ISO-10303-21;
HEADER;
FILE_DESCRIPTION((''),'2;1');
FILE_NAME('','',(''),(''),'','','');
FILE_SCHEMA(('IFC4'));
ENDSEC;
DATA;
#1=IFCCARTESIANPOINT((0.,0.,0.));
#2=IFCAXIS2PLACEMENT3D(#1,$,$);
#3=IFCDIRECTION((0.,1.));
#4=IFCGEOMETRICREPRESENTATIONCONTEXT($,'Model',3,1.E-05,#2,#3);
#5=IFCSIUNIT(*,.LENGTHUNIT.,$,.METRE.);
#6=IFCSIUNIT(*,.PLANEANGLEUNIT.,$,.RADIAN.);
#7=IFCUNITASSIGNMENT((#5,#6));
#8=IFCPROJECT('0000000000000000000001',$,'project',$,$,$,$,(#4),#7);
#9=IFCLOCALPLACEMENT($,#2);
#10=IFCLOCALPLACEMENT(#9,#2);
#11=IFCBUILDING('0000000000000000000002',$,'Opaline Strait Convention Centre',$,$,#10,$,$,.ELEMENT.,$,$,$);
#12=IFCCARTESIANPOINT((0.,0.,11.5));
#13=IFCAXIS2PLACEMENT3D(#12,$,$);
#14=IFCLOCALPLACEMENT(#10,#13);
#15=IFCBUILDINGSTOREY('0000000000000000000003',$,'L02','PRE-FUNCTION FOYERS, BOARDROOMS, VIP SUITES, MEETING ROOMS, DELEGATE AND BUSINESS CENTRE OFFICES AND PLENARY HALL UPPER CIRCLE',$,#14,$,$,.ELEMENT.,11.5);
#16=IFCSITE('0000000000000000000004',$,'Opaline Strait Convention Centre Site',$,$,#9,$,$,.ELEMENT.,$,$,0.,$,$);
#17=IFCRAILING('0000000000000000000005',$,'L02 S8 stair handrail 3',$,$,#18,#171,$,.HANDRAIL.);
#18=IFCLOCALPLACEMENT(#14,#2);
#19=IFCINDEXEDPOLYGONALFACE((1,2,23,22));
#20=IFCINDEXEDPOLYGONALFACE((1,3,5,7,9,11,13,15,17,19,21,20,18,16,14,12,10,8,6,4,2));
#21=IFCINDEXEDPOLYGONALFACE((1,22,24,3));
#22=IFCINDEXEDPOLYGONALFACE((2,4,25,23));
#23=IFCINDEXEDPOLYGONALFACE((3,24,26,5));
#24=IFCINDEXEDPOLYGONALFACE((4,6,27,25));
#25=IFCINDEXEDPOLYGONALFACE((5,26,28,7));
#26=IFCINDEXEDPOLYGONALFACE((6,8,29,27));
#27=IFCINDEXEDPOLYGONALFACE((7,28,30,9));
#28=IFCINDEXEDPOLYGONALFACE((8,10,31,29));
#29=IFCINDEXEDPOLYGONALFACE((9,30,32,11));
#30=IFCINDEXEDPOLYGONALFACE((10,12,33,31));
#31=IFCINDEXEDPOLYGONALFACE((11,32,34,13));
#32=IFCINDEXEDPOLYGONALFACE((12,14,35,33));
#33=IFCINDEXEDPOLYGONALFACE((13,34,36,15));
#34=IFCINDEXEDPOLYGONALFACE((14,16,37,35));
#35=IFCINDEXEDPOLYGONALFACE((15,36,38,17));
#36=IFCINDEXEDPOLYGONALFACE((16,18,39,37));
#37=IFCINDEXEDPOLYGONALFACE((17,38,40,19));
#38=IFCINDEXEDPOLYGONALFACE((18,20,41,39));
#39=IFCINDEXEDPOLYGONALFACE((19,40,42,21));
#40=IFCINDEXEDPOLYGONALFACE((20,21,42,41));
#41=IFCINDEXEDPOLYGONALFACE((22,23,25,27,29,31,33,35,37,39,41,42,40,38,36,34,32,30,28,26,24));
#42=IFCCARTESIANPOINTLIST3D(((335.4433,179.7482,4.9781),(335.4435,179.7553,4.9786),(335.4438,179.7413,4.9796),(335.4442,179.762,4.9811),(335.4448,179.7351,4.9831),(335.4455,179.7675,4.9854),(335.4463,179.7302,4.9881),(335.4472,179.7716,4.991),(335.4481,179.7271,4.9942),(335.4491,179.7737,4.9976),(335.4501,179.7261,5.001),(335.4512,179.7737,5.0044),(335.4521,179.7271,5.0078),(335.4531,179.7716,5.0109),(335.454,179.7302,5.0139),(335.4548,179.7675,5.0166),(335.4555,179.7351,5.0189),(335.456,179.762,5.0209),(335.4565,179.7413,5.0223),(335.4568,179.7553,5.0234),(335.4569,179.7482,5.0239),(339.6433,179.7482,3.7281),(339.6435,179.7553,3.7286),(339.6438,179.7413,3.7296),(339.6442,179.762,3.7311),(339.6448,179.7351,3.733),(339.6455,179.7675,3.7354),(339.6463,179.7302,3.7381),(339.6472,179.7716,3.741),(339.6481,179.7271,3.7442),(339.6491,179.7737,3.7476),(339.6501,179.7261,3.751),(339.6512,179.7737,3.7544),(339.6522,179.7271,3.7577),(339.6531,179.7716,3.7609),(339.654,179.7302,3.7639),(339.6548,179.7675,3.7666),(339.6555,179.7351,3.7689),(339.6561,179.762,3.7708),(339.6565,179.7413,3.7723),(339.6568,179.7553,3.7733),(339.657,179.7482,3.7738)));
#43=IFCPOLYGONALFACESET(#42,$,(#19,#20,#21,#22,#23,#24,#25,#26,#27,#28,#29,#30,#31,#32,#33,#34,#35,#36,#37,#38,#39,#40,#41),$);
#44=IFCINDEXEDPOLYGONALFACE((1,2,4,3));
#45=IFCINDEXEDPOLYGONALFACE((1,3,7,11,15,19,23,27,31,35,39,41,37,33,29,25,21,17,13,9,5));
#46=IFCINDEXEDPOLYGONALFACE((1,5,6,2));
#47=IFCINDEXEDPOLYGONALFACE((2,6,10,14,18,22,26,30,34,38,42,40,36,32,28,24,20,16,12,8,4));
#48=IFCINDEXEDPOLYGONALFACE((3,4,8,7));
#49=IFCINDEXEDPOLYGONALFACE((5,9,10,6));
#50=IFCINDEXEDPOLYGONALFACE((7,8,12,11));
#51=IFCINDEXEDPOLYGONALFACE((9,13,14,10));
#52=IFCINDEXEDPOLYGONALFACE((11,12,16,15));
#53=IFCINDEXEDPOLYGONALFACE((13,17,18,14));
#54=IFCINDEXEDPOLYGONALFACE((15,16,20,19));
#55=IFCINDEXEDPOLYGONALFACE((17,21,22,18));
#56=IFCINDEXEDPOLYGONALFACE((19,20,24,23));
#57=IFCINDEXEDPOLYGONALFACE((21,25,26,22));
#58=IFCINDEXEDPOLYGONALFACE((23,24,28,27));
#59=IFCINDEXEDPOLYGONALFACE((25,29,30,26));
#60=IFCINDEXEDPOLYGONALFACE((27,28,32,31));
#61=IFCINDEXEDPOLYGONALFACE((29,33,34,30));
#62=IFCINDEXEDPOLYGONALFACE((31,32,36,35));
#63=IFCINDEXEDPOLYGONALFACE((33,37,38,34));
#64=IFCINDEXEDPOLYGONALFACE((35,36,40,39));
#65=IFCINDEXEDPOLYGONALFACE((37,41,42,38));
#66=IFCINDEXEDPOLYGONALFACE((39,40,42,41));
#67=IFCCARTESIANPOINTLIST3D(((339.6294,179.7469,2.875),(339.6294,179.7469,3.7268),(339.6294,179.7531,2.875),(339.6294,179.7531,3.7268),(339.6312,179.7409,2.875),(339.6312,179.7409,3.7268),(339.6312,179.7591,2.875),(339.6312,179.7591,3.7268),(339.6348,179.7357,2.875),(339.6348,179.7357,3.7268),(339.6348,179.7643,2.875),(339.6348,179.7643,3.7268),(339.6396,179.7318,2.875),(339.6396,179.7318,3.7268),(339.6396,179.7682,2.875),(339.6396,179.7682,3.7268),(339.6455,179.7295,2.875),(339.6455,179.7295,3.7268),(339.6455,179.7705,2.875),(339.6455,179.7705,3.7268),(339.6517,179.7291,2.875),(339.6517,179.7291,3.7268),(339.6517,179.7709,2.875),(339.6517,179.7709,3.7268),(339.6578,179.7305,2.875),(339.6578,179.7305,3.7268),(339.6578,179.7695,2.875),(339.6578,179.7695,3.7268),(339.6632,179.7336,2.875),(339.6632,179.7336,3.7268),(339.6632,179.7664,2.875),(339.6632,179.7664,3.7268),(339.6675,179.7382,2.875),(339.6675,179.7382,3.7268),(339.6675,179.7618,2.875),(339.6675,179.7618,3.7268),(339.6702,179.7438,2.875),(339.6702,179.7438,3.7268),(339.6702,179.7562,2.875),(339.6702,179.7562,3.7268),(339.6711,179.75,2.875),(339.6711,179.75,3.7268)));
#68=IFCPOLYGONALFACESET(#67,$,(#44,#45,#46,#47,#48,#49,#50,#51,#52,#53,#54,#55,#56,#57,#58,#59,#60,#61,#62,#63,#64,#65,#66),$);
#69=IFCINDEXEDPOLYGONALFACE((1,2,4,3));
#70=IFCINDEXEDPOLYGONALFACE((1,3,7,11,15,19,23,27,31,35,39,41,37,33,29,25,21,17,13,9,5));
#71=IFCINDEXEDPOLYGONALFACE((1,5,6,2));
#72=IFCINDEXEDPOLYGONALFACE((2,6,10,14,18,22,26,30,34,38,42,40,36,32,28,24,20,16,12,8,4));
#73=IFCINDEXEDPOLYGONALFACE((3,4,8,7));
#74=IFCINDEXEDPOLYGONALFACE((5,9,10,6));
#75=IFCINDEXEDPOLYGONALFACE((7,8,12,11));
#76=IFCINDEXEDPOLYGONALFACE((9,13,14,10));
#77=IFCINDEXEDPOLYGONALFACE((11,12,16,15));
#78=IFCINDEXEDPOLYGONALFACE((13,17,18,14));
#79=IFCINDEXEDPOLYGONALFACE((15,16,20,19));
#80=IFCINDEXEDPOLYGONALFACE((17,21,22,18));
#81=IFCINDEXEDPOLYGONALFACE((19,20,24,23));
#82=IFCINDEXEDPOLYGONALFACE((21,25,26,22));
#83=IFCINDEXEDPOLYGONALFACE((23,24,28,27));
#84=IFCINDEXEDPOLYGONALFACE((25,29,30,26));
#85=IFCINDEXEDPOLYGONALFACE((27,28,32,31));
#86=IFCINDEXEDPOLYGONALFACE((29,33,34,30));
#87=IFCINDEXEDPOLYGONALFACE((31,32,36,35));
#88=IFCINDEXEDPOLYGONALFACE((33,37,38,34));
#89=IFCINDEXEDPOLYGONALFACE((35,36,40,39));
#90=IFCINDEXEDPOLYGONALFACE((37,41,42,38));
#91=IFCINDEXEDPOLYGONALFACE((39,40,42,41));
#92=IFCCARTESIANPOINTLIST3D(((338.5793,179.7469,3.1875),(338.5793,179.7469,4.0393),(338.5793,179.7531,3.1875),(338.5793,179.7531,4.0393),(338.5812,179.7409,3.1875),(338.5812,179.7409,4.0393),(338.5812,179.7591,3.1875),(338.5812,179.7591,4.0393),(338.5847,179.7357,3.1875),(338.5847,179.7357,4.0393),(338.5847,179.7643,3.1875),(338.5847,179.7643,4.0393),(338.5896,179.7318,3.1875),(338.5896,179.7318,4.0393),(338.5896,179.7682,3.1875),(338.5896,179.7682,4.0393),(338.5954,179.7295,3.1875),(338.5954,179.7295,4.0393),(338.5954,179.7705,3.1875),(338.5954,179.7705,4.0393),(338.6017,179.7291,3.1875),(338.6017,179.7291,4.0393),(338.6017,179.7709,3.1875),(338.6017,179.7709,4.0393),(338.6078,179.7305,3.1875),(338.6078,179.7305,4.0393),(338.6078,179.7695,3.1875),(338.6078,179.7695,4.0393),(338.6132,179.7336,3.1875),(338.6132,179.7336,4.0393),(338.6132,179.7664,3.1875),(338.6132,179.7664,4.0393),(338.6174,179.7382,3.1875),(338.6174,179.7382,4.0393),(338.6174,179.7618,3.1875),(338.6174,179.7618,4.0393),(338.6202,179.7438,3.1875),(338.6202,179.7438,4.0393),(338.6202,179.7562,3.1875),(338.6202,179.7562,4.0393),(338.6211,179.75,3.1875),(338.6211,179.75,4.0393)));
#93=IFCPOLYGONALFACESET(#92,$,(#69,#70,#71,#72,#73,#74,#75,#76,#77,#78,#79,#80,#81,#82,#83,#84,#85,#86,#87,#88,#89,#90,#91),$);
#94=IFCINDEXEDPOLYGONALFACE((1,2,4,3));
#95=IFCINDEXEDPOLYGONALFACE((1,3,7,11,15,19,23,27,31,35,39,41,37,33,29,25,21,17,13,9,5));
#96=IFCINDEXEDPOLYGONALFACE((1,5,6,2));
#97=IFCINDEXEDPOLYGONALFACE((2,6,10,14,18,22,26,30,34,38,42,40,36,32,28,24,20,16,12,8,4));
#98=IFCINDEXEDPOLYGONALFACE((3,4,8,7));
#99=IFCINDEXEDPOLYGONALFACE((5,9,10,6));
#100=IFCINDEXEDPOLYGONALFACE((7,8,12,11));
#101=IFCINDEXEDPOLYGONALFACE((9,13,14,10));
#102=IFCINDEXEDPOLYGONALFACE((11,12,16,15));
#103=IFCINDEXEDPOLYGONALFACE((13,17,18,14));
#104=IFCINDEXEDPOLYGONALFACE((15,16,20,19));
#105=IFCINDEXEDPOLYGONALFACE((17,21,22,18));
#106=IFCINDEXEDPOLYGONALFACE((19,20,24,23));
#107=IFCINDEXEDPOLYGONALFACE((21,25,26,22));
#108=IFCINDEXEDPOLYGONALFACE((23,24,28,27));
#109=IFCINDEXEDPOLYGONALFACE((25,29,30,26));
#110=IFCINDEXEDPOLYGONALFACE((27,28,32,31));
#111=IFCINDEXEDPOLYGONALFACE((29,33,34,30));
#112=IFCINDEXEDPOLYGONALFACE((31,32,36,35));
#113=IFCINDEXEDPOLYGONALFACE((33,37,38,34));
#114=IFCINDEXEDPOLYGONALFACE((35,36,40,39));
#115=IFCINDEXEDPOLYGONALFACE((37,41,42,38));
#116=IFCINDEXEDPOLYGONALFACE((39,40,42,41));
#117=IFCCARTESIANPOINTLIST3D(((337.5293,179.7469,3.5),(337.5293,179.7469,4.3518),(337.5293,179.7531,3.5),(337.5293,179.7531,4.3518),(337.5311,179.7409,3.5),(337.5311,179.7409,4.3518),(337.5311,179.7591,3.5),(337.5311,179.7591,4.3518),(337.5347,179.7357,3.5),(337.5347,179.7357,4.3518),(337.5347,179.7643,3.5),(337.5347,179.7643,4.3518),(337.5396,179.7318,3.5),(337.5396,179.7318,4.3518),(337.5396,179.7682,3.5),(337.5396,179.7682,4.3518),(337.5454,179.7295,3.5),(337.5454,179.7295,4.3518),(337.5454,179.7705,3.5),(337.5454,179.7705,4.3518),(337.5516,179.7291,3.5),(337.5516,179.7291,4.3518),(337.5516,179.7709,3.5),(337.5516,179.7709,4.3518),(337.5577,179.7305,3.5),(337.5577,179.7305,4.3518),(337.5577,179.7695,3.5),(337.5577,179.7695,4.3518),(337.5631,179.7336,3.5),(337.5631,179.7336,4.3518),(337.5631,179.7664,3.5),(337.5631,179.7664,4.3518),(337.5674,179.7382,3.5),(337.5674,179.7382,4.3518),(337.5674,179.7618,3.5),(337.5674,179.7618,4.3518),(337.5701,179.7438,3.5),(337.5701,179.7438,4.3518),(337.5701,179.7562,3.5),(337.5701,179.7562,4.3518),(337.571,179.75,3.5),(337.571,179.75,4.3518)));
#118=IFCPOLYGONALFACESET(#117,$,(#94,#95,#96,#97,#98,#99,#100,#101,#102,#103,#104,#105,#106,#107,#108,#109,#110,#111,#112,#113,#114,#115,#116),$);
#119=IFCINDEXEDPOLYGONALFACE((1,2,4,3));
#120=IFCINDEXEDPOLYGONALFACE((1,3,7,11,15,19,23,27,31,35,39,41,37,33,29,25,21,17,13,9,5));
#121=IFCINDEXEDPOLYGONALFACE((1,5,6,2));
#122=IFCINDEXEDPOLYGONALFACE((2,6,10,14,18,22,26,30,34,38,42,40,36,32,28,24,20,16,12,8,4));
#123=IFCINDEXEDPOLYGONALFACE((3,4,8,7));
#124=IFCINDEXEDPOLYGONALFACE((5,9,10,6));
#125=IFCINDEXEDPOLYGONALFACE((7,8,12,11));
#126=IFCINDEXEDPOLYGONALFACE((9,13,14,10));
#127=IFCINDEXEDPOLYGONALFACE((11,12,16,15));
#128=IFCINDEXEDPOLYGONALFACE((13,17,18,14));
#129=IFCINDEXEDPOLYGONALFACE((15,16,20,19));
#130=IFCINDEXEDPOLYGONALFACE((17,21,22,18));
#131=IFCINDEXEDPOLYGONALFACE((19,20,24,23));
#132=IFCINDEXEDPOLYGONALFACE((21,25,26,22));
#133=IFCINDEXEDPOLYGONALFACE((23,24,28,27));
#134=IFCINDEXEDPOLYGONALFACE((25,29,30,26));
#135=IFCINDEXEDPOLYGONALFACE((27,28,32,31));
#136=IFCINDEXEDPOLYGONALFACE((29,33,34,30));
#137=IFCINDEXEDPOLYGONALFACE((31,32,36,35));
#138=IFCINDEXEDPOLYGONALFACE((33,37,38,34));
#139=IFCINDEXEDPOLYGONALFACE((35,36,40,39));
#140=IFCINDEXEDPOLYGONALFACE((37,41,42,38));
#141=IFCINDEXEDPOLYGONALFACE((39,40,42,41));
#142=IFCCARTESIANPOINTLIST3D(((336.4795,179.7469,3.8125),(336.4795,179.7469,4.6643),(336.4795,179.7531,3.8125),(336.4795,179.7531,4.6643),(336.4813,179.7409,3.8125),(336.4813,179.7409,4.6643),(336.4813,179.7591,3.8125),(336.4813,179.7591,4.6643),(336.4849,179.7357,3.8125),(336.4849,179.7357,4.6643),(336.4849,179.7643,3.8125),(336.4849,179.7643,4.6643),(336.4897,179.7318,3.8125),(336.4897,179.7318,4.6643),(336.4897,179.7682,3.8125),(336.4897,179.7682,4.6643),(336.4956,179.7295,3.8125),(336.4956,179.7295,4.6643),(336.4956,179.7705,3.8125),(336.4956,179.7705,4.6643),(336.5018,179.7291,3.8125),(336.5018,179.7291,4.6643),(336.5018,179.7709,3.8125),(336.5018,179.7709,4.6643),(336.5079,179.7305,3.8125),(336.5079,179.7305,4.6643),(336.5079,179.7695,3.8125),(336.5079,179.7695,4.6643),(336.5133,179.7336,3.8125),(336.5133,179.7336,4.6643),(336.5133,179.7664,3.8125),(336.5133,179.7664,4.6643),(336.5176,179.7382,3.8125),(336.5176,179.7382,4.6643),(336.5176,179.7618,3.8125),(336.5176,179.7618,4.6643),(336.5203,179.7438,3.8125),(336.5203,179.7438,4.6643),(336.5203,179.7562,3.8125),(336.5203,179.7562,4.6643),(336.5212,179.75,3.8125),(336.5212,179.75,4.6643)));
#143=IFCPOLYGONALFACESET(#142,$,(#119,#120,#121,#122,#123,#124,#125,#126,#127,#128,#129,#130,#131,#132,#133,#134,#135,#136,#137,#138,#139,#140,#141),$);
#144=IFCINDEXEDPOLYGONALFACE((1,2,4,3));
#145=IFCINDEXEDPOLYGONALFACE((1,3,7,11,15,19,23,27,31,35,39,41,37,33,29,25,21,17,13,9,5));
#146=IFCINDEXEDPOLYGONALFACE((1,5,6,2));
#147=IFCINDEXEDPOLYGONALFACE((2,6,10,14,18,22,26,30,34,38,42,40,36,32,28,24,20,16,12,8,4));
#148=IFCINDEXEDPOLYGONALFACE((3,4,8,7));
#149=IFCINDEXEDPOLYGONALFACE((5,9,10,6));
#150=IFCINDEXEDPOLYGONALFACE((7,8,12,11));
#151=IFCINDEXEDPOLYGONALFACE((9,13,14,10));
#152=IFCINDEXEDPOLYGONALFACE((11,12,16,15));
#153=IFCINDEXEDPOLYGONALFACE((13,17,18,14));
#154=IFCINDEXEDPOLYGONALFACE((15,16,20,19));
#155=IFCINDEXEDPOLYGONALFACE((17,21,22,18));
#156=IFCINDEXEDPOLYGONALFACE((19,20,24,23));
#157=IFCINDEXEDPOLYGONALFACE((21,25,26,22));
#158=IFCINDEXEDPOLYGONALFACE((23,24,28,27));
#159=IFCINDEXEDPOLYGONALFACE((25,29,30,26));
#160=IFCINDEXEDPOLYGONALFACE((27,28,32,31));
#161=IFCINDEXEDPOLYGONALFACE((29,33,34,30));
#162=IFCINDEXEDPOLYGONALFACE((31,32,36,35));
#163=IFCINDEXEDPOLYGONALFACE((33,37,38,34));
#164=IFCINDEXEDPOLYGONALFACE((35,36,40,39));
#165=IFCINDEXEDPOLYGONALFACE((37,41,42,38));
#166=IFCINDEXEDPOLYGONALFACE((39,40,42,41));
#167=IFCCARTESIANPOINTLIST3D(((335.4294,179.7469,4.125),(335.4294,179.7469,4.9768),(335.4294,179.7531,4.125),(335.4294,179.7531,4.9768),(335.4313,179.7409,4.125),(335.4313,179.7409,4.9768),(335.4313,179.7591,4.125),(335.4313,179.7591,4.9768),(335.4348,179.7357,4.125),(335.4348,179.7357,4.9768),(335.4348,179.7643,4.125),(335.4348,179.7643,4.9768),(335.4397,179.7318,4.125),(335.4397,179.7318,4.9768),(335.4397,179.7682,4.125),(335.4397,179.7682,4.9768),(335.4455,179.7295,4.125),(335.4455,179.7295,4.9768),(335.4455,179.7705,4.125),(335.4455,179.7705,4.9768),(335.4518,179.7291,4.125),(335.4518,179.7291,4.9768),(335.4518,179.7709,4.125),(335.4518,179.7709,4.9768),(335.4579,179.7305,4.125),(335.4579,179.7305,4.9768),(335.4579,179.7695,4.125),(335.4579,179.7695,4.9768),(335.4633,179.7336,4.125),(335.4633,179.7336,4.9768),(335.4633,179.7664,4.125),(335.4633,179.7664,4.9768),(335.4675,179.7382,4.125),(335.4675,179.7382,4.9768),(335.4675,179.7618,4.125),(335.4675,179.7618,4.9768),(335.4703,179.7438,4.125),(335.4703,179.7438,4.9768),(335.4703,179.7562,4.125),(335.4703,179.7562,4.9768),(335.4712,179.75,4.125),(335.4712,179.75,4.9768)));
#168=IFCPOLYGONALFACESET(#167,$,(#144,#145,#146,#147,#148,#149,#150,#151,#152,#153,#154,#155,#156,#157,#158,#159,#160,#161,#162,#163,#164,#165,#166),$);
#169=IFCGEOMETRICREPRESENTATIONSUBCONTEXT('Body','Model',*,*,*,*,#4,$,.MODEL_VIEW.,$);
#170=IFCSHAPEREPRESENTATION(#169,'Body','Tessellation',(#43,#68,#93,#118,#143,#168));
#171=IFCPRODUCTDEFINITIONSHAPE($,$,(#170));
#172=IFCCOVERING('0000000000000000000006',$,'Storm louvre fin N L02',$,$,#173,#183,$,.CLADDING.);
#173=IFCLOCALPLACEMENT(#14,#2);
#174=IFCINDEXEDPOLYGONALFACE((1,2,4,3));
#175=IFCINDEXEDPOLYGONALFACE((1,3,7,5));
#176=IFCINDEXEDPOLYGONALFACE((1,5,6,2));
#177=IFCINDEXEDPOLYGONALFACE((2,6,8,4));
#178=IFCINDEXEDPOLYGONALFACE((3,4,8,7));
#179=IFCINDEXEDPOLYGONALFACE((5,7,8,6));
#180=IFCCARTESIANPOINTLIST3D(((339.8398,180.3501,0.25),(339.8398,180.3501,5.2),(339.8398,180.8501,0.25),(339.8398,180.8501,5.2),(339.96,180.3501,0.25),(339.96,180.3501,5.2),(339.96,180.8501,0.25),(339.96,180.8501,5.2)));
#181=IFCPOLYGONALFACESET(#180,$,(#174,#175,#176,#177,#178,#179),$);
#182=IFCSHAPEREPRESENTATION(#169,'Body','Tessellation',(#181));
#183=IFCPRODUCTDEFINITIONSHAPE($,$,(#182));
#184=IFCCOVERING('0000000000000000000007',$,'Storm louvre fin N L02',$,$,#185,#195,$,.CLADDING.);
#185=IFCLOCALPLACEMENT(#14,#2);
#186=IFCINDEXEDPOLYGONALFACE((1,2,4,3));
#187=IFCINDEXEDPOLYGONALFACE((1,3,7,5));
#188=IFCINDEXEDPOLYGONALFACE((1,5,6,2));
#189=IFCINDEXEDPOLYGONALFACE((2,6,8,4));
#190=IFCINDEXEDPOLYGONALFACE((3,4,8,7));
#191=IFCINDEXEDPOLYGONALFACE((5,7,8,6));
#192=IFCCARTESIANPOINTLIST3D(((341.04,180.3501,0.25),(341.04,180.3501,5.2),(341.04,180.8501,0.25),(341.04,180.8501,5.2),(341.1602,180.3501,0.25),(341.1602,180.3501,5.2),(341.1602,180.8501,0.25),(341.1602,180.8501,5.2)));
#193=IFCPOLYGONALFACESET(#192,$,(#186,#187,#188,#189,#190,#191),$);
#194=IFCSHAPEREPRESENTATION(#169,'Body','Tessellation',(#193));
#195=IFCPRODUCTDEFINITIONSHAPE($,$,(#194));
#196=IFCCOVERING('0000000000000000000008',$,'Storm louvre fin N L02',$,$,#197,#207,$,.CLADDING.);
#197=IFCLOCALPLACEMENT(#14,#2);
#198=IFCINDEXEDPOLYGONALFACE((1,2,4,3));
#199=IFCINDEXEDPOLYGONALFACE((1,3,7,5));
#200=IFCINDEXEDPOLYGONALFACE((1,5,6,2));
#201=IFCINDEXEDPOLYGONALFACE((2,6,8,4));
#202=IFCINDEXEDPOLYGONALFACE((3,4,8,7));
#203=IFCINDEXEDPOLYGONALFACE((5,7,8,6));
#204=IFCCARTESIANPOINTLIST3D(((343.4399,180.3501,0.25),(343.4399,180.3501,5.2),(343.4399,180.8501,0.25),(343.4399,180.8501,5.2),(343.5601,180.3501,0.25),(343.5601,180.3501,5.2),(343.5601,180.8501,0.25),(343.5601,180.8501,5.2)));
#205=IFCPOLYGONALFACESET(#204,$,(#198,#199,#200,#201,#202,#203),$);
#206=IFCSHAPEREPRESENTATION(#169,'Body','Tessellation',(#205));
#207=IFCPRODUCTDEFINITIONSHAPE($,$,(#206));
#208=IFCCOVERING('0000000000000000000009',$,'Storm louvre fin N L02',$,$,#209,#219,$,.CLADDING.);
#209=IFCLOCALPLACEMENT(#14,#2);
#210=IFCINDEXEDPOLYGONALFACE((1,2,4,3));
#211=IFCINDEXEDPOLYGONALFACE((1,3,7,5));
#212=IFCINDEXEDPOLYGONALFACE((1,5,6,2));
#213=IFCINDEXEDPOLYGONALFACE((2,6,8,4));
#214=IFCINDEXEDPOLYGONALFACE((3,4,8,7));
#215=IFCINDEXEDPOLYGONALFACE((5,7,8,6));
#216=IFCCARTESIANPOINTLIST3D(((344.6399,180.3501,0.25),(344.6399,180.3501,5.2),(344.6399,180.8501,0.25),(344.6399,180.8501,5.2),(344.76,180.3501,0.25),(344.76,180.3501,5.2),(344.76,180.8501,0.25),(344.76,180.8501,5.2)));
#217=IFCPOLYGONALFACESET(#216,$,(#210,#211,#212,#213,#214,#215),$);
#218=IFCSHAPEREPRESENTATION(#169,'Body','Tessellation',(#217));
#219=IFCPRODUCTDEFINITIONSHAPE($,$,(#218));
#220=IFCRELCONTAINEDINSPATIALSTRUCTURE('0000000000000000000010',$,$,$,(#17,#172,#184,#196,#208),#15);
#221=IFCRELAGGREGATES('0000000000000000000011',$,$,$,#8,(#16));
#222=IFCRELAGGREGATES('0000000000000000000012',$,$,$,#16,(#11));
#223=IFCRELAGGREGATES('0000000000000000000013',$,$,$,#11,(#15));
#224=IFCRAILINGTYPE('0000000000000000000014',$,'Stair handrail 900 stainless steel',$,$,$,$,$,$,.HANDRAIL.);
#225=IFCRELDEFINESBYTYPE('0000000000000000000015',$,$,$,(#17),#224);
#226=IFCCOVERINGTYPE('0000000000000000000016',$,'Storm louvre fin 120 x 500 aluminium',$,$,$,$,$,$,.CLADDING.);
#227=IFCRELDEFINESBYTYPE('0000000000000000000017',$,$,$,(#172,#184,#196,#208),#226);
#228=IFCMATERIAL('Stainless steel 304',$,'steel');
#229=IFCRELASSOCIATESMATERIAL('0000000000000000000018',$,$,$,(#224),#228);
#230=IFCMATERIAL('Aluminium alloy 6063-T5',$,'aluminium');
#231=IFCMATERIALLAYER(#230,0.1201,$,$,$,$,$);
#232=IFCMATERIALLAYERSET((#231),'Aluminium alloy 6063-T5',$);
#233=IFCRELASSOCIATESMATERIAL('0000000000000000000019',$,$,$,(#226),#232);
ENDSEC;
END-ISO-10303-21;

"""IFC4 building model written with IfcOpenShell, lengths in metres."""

from ifc_helpers import new_model, si_unit, direction, frame, origin, origin_2d, place, context, subcontext, project, spatial, rectangle, circle, extrude, material, layer, layer_set, type_object, element, save


model = new_model("IFC4")

# Units and contexts
model_context = context("Model", 3, precision=1e-05, world=origin(), true_north=direction((0.0, 1.0)))
body_context = subcontext(model_context, "Body", "Model", "MODEL_VIEW")
ifc_project = project(units=[si_unit("LENGTHUNIT", "METRE"), si_unit("PLANEANGLEUNIT", "RADIAN")], contexts=[model_context])

# Site, building, storey
site_placement = place(None, origin())
site = spatial("IfcSite", under=ifc_project, at=site_placement, Name="Opaline Strait Convention Centre Site", CompositionType="ELEMENT", RefElevation=0.0)
building_placement = place(site_placement, origin())
building = spatial("IfcBuilding", under=site, at=building_placement, Name="Opaline Strait Convention Centre", CompositionType="ELEMENT")
storey_placement = place(building_placement, frame((0.0, 0.0, 11.5)))
storey = spatial("IfcBuildingStorey", under=building, at=storey_placement, Name="L02", Description="PRE-FUNCTION FOYERS, BOARDROOMS, VIP SUITES, MEETING ROOMS, DELEGATE AND BUSINESS CENTRE OFFICES AND PLENARY HALL UPPER CIRCLE", CompositionType="ELEMENT", Elevation=11.5)

# Shared definitions
ifc_material_1 = material(Name="Stainless steel 304", Category="steel")

# Railing
railing_type_1 = type_object("IfcRailingType", Name="Stair handrail 900 stainless steel", PredefinedType="HANDRAIL", material=ifc_material_1)
for number, where, name in (
    (1, (339.6501, 179.75, 2.875), "L02 S8 stair handrail 3"),
):
    element("IfcRailing", number, at=place(storey_placement, frame(where)), inside=storey, type_object=railing_type_1, Name=name, PredefinedType="HANDRAIL", context=body_context, shape_type="SweptSolid", body=[
        extrude(circle(Radius=0.0239, at=origin_2d()), frame((0.0, 0.0, 0.876), z_axis=(-0.958451, 0.0, 0.285257), x_axis=(0.0, -1.0, 0.0)), (0.0, 0.0, 1.0), 4.3821),
        extrude(circle(Radius=0.021, at=origin_2d()), origin(), (0.0, 0.0, 1.0), 0.8518),
        extrude(circle(Radius=0.021, at=origin_2d()), frame((-1.05, 0.0, 0.3125)), (0.0, 0.0, 1.0), 0.8518),
        extrude(circle(Radius=0.021, at=origin_2d()), frame((-2.1001, 0.0, 0.625)), (0.0, 0.0, 1.0), 0.8518),
        extrude(circle(Radius=0.021, at=origin_2d()), frame((-3.1499, 0.0, 0.9375)), (0.0, 0.0, 1.0), 0.8518),
        extrude(circle(Radius=0.021, at=origin_2d()), frame((-4.2, 0.0, 1.25)), (0.0, 0.0, 1.0), 0.8518),
    ])

# Coverings
ifc_material_2 = material(Name="Aluminium alloy 6063-T5", Category="aluminium")
ifc_layer_1 = layer(ifc_material_2, 0.1201)
ifc_layer_set_1 = layer_set([ifc_layer_1], Name="Aluminium alloy 6063-T5")
covering_type = type_object("IfcCoveringType", Name="Storm louvre fin 120 x 500 aluminium", PredefinedType="CLADDING", material=ifc_layer_set_1)
for number, where, z_axis, x_axis, name in (
    (2, (339.8999, 180.6001, 0.25), (0.0, 0.0, 1.0), (1.0, 0.0, 0.0), "Storm louvre fin N L02"),
    (3, (341.1001, 180.6001, 0.25), (0.0, 0.0, 1.0), (1.0, 0.0, 0.0), "Storm louvre fin N L02"),
    (4, (343.5, 180.6001, 0.25), (0.0, 0.0, 1.0), (1.0, 0.0, 0.0), "Storm louvre fin N L02"),
    (5, (344.7, 180.6001, 0.25), (0.0, 0.0, 1.0), (1.0, 0.0, 0.0), "Storm louvre fin N L02"),
):
    element("IfcCovering", number, at=place(storey_placement, frame(where, z_axis=z_axis, x_axis=x_axis)), inside=storey, type_object=covering_type, Name=name, PredefinedType="CLADDING", context=body_context, shape_type="SweptSolid", body=[
        extrude(rectangle(XDim=0.1201, YDim=0.5, at=origin_2d()), origin(), (0.0, 0.0, 1.0), 4.95),
    ])

save(model, "model.ifc")
